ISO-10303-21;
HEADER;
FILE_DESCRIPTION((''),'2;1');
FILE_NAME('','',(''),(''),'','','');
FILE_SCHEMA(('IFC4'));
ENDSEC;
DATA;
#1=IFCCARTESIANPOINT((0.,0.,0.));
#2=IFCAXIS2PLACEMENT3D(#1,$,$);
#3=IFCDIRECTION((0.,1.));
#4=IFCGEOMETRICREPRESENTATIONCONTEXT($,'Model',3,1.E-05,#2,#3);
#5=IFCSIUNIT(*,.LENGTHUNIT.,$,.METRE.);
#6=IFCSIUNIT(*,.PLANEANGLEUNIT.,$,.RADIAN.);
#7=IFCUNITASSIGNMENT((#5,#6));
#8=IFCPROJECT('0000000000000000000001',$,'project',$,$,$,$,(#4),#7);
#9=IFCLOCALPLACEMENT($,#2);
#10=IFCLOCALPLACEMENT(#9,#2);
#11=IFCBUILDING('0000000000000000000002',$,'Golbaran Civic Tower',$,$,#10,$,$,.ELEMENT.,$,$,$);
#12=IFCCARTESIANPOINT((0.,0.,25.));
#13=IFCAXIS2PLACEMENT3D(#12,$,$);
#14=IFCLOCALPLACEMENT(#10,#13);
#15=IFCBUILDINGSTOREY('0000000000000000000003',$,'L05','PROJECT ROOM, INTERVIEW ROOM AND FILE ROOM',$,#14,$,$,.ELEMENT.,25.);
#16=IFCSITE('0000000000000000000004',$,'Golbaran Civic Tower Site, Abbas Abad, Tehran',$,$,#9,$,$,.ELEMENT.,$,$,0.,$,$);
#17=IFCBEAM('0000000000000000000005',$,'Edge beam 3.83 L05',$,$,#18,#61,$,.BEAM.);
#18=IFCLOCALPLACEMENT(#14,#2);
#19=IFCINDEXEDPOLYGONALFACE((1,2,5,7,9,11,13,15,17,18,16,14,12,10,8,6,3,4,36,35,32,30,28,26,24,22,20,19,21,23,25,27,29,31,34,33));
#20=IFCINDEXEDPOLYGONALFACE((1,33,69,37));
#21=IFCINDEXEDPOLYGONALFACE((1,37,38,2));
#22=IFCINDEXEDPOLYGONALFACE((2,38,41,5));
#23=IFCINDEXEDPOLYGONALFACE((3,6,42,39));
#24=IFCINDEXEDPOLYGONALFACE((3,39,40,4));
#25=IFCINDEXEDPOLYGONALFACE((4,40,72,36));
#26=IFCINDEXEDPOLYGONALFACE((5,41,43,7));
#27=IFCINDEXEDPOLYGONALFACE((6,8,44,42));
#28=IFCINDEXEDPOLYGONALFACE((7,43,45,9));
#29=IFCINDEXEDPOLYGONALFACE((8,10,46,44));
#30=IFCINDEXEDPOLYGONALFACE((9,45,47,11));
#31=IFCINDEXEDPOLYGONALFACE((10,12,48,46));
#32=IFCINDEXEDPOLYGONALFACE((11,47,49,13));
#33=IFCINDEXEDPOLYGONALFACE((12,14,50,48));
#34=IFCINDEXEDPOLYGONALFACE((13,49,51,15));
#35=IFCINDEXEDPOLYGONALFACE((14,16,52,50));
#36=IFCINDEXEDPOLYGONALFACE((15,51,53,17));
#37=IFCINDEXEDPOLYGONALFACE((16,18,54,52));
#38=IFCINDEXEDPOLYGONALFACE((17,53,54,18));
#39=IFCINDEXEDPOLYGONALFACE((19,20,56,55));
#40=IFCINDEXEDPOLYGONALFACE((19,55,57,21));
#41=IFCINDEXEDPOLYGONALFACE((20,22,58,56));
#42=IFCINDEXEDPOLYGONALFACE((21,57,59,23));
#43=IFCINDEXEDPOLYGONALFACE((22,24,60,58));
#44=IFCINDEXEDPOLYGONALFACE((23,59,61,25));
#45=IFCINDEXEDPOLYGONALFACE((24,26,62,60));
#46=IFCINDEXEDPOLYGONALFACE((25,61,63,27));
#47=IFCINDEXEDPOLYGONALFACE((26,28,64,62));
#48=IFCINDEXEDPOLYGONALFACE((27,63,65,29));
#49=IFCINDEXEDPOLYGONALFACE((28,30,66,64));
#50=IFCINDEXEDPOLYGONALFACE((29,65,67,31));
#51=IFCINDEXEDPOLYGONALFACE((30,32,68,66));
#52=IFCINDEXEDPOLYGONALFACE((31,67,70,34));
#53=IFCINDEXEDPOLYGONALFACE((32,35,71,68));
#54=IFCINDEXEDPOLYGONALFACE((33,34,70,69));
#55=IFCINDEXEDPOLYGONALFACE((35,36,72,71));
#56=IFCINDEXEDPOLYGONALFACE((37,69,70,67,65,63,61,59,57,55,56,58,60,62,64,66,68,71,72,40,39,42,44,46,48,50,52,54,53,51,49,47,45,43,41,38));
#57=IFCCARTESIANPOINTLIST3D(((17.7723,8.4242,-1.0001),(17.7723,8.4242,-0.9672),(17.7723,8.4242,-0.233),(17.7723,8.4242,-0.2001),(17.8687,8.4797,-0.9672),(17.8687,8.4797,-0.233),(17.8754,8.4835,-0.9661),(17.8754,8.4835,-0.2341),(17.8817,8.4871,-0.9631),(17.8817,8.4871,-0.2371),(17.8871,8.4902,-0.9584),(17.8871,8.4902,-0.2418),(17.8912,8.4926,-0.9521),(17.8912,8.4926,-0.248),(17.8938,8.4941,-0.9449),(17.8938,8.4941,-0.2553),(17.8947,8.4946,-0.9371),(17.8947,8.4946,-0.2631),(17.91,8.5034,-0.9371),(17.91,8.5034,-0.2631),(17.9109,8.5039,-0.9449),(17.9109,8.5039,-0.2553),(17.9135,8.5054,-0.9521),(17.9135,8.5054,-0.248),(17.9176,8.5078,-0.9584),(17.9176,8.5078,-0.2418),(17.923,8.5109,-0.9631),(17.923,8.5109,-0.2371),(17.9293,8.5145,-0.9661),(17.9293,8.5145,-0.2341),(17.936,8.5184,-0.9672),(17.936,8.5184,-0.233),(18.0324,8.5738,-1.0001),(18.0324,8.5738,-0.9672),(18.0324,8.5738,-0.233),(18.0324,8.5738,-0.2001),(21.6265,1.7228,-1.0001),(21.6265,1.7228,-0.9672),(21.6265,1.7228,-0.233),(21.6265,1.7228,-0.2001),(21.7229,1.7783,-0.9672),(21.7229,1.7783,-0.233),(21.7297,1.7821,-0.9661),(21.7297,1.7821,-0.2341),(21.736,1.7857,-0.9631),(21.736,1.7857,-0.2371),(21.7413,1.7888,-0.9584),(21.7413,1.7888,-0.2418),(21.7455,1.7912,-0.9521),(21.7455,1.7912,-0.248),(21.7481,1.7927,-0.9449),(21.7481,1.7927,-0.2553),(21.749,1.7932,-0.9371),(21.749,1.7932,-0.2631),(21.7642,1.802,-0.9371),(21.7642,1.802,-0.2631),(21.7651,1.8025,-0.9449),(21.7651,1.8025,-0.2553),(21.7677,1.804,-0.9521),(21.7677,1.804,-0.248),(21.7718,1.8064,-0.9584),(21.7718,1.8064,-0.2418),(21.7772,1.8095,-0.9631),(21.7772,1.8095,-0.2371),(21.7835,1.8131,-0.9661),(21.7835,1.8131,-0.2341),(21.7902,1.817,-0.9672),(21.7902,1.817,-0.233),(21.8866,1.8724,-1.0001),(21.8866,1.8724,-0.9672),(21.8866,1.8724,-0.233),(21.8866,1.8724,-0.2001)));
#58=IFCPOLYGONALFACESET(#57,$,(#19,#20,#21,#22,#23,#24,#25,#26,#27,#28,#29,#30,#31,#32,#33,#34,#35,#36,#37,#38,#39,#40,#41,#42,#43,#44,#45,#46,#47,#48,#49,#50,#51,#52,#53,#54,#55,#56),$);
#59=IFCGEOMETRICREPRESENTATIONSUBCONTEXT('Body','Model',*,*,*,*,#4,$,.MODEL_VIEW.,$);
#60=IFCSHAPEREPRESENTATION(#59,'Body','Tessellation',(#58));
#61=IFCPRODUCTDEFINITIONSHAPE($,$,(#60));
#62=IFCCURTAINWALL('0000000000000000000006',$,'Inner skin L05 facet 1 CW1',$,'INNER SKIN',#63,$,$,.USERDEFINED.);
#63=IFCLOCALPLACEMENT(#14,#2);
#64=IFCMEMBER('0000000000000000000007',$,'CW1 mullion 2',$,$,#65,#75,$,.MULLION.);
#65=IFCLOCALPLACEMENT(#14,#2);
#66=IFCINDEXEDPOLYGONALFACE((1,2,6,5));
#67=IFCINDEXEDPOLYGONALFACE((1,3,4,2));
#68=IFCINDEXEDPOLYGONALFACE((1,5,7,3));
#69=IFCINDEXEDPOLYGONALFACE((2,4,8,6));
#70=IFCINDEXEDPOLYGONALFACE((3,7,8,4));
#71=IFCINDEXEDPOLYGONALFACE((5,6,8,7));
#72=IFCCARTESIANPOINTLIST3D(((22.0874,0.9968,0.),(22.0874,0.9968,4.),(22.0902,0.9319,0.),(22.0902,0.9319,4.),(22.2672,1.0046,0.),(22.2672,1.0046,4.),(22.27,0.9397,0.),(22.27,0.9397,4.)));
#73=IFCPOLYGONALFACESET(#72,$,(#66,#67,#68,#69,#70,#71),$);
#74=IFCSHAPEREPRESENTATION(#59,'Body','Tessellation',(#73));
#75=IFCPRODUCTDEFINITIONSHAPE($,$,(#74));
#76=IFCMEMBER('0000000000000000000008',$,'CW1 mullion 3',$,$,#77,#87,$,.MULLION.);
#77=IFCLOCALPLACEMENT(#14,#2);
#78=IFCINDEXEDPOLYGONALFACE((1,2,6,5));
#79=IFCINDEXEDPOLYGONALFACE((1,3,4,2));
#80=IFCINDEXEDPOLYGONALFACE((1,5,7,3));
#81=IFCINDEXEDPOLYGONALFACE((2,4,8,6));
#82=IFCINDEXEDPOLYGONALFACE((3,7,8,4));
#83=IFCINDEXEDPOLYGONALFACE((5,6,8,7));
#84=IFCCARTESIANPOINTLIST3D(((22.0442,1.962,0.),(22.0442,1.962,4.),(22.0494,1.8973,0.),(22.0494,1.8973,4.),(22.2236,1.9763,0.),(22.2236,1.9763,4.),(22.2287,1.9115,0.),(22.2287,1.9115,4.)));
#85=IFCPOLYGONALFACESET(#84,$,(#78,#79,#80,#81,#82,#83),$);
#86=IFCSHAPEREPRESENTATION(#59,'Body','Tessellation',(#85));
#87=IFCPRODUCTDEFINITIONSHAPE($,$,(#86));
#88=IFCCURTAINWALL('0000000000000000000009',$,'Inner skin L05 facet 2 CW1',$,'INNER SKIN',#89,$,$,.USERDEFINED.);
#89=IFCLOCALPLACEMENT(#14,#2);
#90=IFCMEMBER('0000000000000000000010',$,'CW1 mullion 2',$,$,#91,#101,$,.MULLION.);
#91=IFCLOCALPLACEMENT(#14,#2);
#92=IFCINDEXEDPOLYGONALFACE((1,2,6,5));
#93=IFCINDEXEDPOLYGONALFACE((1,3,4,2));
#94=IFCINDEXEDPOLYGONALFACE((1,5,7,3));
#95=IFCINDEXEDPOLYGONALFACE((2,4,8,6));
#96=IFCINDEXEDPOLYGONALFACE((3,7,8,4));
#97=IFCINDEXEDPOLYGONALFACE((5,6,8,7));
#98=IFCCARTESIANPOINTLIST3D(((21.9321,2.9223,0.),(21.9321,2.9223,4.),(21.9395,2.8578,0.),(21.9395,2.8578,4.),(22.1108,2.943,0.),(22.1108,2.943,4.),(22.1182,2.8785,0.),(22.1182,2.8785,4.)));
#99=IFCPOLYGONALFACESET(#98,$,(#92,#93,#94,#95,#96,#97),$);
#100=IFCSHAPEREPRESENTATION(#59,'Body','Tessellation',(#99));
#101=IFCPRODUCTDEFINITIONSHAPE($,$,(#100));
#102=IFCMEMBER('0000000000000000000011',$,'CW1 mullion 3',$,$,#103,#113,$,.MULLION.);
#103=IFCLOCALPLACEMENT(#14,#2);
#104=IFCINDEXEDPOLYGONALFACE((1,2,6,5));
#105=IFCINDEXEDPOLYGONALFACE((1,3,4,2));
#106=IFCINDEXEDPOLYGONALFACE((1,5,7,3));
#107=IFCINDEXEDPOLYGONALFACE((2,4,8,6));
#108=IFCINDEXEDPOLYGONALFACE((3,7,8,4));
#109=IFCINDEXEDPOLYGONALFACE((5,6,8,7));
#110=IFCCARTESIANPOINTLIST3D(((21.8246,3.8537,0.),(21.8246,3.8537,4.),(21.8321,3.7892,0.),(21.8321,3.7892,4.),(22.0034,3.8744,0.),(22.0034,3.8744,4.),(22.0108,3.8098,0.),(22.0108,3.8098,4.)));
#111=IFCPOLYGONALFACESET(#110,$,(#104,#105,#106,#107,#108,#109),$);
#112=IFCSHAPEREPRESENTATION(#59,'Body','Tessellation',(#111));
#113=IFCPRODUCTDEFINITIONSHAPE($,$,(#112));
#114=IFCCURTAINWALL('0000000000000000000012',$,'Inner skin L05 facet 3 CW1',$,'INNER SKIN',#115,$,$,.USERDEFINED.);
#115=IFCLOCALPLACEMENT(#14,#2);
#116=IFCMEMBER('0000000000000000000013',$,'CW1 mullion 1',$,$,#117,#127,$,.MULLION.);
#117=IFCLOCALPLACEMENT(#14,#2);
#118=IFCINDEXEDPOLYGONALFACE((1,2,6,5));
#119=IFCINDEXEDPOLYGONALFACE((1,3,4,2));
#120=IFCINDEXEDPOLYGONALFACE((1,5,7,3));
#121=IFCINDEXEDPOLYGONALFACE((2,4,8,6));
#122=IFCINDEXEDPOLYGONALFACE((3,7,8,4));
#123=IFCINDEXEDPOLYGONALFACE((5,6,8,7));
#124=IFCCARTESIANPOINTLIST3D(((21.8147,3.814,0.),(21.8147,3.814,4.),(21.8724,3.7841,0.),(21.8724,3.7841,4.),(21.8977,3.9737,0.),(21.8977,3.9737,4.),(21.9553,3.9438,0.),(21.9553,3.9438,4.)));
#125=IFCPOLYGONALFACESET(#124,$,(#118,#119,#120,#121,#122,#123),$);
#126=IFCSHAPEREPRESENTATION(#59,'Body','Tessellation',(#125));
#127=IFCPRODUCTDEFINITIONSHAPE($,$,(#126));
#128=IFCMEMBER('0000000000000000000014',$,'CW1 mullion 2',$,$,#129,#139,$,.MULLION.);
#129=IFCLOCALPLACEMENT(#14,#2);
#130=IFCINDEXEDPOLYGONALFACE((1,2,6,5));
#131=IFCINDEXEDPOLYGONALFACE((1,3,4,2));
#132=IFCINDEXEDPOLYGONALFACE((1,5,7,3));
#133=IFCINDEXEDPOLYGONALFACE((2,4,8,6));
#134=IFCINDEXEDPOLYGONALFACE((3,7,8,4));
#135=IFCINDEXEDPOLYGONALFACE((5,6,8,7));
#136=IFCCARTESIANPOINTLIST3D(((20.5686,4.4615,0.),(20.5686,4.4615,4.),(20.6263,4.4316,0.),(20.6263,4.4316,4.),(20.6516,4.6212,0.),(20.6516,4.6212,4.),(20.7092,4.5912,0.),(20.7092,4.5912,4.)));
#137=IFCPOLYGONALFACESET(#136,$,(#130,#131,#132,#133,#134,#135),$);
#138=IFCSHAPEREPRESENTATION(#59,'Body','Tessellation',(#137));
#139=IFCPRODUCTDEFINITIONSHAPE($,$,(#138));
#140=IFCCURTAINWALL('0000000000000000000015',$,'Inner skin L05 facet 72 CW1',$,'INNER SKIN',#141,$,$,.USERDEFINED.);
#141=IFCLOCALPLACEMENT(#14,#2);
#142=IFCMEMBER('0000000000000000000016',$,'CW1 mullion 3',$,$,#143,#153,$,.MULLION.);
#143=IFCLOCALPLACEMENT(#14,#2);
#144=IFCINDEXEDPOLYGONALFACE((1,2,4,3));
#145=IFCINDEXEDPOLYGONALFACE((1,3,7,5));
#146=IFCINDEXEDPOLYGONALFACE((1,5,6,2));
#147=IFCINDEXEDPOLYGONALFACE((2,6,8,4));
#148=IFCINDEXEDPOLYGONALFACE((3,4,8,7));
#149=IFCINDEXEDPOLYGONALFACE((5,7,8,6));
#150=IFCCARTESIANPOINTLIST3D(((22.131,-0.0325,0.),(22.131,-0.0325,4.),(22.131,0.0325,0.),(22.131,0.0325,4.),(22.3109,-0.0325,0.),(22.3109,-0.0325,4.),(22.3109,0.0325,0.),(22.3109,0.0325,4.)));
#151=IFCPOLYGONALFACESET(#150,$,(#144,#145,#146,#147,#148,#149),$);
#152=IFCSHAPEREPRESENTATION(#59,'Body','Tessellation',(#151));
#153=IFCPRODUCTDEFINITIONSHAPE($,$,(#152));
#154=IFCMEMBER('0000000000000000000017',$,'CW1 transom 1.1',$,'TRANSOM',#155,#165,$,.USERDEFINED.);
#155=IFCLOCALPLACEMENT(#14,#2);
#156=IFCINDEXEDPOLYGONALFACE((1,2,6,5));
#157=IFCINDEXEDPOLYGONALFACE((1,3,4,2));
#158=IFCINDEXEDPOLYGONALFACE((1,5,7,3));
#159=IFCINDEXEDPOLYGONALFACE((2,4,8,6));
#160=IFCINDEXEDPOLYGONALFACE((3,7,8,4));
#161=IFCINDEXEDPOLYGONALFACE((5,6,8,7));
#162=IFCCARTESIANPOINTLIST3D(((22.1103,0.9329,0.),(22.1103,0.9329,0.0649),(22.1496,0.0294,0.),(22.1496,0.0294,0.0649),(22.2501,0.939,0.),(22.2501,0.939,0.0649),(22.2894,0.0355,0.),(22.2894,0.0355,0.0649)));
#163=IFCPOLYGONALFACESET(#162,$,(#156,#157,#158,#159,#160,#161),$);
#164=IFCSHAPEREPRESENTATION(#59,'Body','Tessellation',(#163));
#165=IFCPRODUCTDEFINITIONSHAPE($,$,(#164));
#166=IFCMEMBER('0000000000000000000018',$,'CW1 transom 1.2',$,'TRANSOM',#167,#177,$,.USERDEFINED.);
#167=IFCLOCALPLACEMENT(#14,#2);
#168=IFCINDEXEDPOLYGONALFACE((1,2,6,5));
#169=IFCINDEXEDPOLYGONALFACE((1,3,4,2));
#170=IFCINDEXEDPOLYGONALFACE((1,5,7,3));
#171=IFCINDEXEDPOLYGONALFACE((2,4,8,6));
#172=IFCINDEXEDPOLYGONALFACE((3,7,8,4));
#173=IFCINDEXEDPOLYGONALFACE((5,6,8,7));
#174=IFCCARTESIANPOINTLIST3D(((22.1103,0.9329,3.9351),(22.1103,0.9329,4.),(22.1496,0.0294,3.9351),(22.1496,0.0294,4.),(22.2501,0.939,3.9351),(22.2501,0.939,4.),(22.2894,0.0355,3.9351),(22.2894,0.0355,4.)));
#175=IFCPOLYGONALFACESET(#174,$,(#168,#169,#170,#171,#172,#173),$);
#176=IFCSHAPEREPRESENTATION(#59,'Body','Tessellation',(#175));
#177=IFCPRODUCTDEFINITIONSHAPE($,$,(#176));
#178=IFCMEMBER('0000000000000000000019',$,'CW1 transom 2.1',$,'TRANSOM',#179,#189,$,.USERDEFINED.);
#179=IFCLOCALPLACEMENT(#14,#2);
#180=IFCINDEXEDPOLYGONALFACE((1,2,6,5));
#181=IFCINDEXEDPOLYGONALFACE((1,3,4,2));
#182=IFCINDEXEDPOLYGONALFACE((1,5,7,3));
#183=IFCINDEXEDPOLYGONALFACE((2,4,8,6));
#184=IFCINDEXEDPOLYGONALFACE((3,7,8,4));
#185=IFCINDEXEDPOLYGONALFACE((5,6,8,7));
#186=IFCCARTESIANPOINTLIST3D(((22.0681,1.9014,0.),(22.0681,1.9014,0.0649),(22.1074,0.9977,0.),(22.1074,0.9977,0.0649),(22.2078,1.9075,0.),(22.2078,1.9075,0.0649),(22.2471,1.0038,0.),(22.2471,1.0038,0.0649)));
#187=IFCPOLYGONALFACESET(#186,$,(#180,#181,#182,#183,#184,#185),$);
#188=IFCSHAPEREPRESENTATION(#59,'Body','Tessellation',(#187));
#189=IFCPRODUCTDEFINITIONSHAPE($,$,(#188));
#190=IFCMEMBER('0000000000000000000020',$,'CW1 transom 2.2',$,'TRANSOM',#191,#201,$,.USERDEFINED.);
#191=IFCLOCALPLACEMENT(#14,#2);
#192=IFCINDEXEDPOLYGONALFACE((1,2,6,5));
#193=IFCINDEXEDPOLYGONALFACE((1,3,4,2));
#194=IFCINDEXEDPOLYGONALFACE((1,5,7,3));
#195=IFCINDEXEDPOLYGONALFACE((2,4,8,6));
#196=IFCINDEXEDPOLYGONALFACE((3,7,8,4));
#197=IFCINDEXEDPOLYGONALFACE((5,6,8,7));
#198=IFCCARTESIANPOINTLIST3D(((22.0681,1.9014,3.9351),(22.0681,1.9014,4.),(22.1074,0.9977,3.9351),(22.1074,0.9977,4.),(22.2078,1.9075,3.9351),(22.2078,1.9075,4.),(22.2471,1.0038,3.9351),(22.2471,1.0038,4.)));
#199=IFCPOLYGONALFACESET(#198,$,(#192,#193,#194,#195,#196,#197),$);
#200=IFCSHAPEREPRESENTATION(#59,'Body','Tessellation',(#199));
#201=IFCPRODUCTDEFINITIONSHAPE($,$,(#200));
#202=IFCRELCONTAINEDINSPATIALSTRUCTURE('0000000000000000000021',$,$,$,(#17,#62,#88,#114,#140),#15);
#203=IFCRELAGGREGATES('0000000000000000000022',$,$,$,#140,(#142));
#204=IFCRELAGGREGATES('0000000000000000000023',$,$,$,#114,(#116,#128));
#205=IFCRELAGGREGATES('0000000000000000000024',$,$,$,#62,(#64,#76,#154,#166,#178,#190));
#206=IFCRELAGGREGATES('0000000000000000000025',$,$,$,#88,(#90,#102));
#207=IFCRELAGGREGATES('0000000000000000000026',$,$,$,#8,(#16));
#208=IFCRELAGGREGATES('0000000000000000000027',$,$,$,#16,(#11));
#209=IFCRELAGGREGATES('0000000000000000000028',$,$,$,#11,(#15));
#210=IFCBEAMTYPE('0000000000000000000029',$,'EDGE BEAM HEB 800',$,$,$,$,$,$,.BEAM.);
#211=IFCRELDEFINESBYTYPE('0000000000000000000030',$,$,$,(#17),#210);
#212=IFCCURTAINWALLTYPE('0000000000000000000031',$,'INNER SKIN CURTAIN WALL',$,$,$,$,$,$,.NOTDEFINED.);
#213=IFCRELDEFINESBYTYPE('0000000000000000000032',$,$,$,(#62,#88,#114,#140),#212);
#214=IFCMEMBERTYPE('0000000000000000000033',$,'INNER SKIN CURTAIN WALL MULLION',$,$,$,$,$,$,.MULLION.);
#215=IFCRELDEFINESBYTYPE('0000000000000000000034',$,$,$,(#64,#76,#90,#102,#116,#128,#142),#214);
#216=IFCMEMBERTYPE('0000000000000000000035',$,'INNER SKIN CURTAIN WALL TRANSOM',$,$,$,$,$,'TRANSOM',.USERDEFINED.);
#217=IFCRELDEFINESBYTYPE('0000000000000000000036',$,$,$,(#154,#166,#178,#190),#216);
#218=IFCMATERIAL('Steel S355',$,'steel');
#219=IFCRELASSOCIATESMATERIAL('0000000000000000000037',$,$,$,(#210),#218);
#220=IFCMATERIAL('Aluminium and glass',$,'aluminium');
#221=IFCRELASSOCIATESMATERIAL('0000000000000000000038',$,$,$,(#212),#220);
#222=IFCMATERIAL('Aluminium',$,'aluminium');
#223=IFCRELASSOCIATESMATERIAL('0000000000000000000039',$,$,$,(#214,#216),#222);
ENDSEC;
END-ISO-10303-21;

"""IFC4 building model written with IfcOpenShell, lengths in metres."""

from ifc_helpers import new_model, si_unit, direction, frame, origin, origin_2d, place, context, subcontext, project, spatial, rectangle, i_section, extrude, material, material_profile, profile_set, type_object, element, aggregate, save


model = new_model("IFC4")

# Units and contexts
model_context = context("Model", 3, precision=1e-05, world=origin(), true_north=direction((0.0, 1.0)))
body_context = subcontext(model_context, "Body", "Model", "MODEL_VIEW")
ifc_project = project(units=[si_unit("LENGTHUNIT", "METRE"), si_unit("PLANEANGLEUNIT", "RADIAN")], contexts=[model_context])

# Site, building, storey
site_placement = place(None, origin())
site = spatial("IfcSite", under=ifc_project, at=site_placement, Name="Golbaran Civic Tower Site, Abbas Abad, Tehran", CompositionType="ELEMENT", RefElevation=0.0)
building_placement = place(site_placement, origin())
building = spatial("IfcBuilding", under=site, at=building_placement, Name="Golbaran Civic Tower", CompositionType="ELEMENT")
storey_placement = place(building_placement, frame((0.0, 0.0, 25.0)))
storey = spatial("IfcBuildingStorey", under=building, at=storey_placement, Name="L05", Description="PROJECT ROOM, INTERVIEW ROOM AND FILE ROOM", CompositionType="ELEMENT", Elevation=25.0)

# Beam
ifc_material_1 = material(Name="Steel S355", Category="steel")
ifc_material_profile_1 = material_profile(ifc_material_1, i_section(OverallWidth=0.3, OverallDepth=0.8, WebThickness=0.0176, FlangeThickness=0.033, FilletRadius=0.03, at=origin_2d()), Name="HEB 800")
ifc_profile_set_1 = profile_set([ifc_material_profile_1], Name="Steel S355")
beam_type = type_object("IfcBeamType", Name="EDGE BEAM HEB 800", PredefinedType="BEAM", material=ifc_profile_set_1)
beam_placement = place(storey_placement, frame((21.7566, 1.7976, -0.6001), z_axis=(-0.498562, 0.866854, 0.0), x_axis=(-0.866854, -0.498562, 0.0)))
element("IfcBeam", 1, at=beam_placement, inside=storey, type_object=beam_type, Name="Edge beam 3.83 L05", PredefinedType="BEAM", context=body_context, shape_type="SweptSolid", body=[
    extrude(i_section(OverallWidth=0.3, OverallDepth=0.8, WebThickness=0.0176, FlangeThickness=0.033, FilletRadius=0.03, at=origin_2d()), origin(), (0.0, 0.0, 1.0), 7.7307),
])

# Curtain walls, members
ifc_material_2 = material(Name="Aluminium and glass", Category="aluminium")
curtain_wall_type = type_object("IfcCurtainWallType", Name="INNER SKIN CURTAIN WALL", PredefinedType="NOTDEFINED", material=ifc_material_2)
curtain_wall_1_placement = place(storey_placement, origin())
curtain_wall_1 = element("IfcCurtainWall", 2, at=curtain_wall_1_placement, inside=storey, type_object=curtain_wall_type, Name="Inner skin L05 facet 1 CW1", ObjectType="INNER SKIN", PredefinedType="USERDEFINED")
ifc_material_3 = material(Name="Aluminium", Category="aluminium")
ifc_material_profile_2 = material_profile(ifc_material_3, rectangle(XDim=0.1799, YDim=0.0649, at=origin_2d()), Name="INNER SKIN CURTAIN WALL MULLION")
ifc_profile_set_2 = profile_set([ifc_material_profile_2], Name="Aluminium")
member_type_1 = type_object("IfcMemberType", Name="INNER SKIN CURTAIN WALL MULLION", PredefinedType="MULLION", material=ifc_profile_set_2)
member_1_placement = place(storey_placement, frame((22.1787, 0.9683, 0.0), z_axis=(0.0, 0.0, 1.0), x_axis=(-0.999048, -0.043619, 0.0)))
member_1 = element("IfcMember", 3, at=member_1_placement, type_object=member_type_1, Name="CW1 mullion 2", PredefinedType="MULLION", context=body_context, shape_type="SweptSolid", body=[
    extrude(rectangle(XDim=0.1799, YDim=0.0649, at=origin_2d()), origin(), (0.0, 0.0, 1.0), 4.0),
])
member_2_placement = place(storey_placement, frame((22.1365, 1.9368, 0.0), z_axis=(0.0, 0.0, 1.0), x_axis=(-0.996859, -0.079202, 0.0)))
member_2 = element("IfcMember", 4, at=member_2_placement, type_object=member_type_1, Name="CW1 mullion 3", PredefinedType="MULLION", context=body_context, shape_type="SweptSolid", body=[
    extrude(rectangle(XDim=0.1799, YDim=0.0649, at=origin_2d()), origin(), (0.0, 0.0, 1.0), 4.0),
])
curtain_wall_2_placement = place(storey_placement, origin())
curtain_wall_2 = element("IfcCurtainWall", 5, at=curtain_wall_2_placement, inside=storey, type_object=curtain_wall_type, Name="Inner skin L05 facet 2 CW1", ObjectType="INNER SKIN", PredefinedType="USERDEFINED")
member_3_placement = place(storey_placement, frame((22.0251, 2.9004, 0.0), z_axis=(0.0, 0.0, 1.0), x_axis=(-0.993402, -0.114683, 0.0)))
member_3 = element("IfcMember", 6, at=member_3_placement, type_object=member_type_1, Name="CW1 mullion 2", PredefinedType="MULLION", context=body_context, shape_type="SweptSolid", body=[
    extrude(rectangle(XDim=0.1799, YDim=0.0649, at=origin_2d()), origin(), (0.0, 0.0, 1.0), 4.0),
])
member_4_placement = place(storey_placement, frame((21.9177, 3.8318, 0.0), z_axis=(0.0, 0.0, 1.0), x_axis=(-0.993402, -0.114683, 0.0)))
member_4 = element("IfcMember", 7, at=member_4_placement, type_object=member_type_1, Name="CW1 mullion 3", PredefinedType="MULLION", context=body_context, shape_type="SweptSolid", body=[
    extrude(rectangle(XDim=0.1799, YDim=0.0649, at=origin_2d()), origin(), (0.0, 0.0, 1.0), 4.0),
])
curtain_wall_3_placement = place(storey_placement, origin())
curtain_wall_3 = element("IfcCurtainWall", 8, at=curtain_wall_3_placement, inside=storey, type_object=curtain_wall_type, Name="Inner skin L05 facet 3 CW1", ObjectType="INNER SKIN", PredefinedType="USERDEFINED")
member_5_placement = place(storey_placement, frame((21.885, 3.8789, 0.0), z_axis=(0.0, 0.0, 1.0), x_axis=(-0.460945, -0.887429, 0.0)))
member_5 = element("IfcMember", 9, at=member_5_placement, type_object=member_type_1, Name="CW1 mullion 1", PredefinedType="MULLION", context=body_context, shape_type="SweptSolid", body=[
    extrude(rectangle(XDim=0.1799, YDim=0.0649, at=origin_2d()), origin(), (0.0, 0.0, 1.0), 4.0),
])
member_6_placement = place(storey_placement, frame((20.6389, 4.5264, 0.0), z_axis=(0.0, 0.0, 1.0), x_axis=(-0.460945, -0.887429, 0.0)))
member_6 = element("IfcMember", 10, at=member_6_placement, type_object=member_type_1, Name="CW1 mullion 2", PredefinedType="MULLION", context=body_context, shape_type="SweptSolid", body=[
    extrude(rectangle(XDim=0.1799, YDim=0.0649, at=origin_2d()), origin(), (0.0, 0.0, 1.0), 4.0),
])

# Curtain wall, member
curtain_wall_4_placement = place(storey_placement, origin())
curtain_wall_4 = element("IfcCurtainWall", 11, at=curtain_wall_4_placement, inside=storey, type_object=curtain_wall_type, Name="Inner skin L05 facet 72 CW1", ObjectType="INNER SKIN", PredefinedType="USERDEFINED")
member_7_placement = place(storey_placement, frame((22.2209, 0.0, 0.0), z_axis=(0.0, 0.0, 1.0), x_axis=(-1.0, 0.0, 0.0)))
member_7 = element("IfcMember", 12, at=member_7_placement, type_object=member_type_1, Name="CW1 mullion 3", PredefinedType="MULLION", context=body_context, shape_type="SweptSolid", body=[
    extrude(rectangle(XDim=0.1799, YDim=0.0649, at=origin_2d()), origin(), (0.0, 0.0, 1.0), 4.0),
])
aggregate(curtain_wall_4, [member_7])

# Members
ifc_material_profile_3 = material_profile(ifc_material_3, rectangle(XDim=0.1399, YDim=0.0649, at=origin_2d()), Name="INNER SKIN CURTAIN WALL TRANSOM")
ifc_profile_set_3 = profile_set([ifc_material_profile_3], Name="Aluminium")
member_type_2 = type_object("IfcMemberType", Name="INNER SKIN CURTAIN WALL TRANSOM", ElementType="TRANSOM", PredefinedType="USERDEFINED", material=ifc_profile_set_3)
member_8_placement = place(storey_placement, frame((22.2195, 0.0325, 0.0325), z_axis=(-0.043472, 0.999055, 0.0), x_axis=(-0.999055, -0.043472, 0.0)))
member_8 = element("IfcMember", 13, at=member_8_placement, type_object=member_type_2, Name="CW1 transom 1.1", ObjectType="TRANSOM", PredefinedType="USERDEFINED", context=body_context, shape_type="SweptSolid", body=[
    extrude(rectangle(XDim=0.1399, YDim=0.0649, at=origin_2d()), origin(), (0.0, 0.0, 1.0), 0.9043),
])
member_9_placement = place(storey_placement, frame((22.2195, 0.0325, 3.9675), z_axis=(-0.043472, 0.999055, 0.0), x_axis=(-0.999055, -0.043472, 0.0)))
member_9 = element("IfcMember", 14, at=member_9_placement, type_object=member_type_2, Name="CW1 transom 1.2", ObjectType="TRANSOM", PredefinedType="USERDEFINED", context=body_context, shape_type="SweptSolid", body=[
    extrude(rectangle(XDim=0.1399, YDim=0.0649, at=origin_2d()), origin(), (0.0, 0.0, 1.0), 0.9043),
])
member_10_placement = place(storey_placement, frame((22.1772, 1.0007, 0.0325), z_axis=(-0.043461, 0.999055, 0.0), x_axis=(-0.999055, -0.043461, 0.0)))
member_10 = element("IfcMember", 15, at=member_10_placement, type_object=member_type_2, Name="CW1 transom 2.1", ObjectType="TRANSOM", PredefinedType="USERDEFINED", context=body_context, shape_type="SweptSolid", body=[
    extrude(rectangle(XDim=0.1399, YDim=0.0649, at=origin_2d()), origin(), (0.0, 0.0, 1.0), 0.9045),
])
member_11_placement = place(storey_placement, frame((22.1772, 1.0007, 3.9675), z_axis=(-0.043461, 0.999055, 0.0), x_axis=(-0.999055, -0.043461, 0.0)))
member_11 = element("IfcMember", 16, at=member_11_placement, type_object=member_type_2, Name="CW1 transom 2.2", ObjectType="TRANSOM", PredefinedType="USERDEFINED", context=body_context, shape_type="SweptSolid", body=[
    extrude(rectangle(XDim=0.1399, YDim=0.0649, at=origin_2d()), origin(), (0.0, 0.0, 1.0), 0.9045),
])

aggregate(curtain_wall_3, [member_5, member_6])
aggregate(curtain_wall_1, [member_1, member_2, member_8, member_9, member_10, member_11])
aggregate(curtain_wall_2, [member_3, member_4])

save(model, "model.ifc")
